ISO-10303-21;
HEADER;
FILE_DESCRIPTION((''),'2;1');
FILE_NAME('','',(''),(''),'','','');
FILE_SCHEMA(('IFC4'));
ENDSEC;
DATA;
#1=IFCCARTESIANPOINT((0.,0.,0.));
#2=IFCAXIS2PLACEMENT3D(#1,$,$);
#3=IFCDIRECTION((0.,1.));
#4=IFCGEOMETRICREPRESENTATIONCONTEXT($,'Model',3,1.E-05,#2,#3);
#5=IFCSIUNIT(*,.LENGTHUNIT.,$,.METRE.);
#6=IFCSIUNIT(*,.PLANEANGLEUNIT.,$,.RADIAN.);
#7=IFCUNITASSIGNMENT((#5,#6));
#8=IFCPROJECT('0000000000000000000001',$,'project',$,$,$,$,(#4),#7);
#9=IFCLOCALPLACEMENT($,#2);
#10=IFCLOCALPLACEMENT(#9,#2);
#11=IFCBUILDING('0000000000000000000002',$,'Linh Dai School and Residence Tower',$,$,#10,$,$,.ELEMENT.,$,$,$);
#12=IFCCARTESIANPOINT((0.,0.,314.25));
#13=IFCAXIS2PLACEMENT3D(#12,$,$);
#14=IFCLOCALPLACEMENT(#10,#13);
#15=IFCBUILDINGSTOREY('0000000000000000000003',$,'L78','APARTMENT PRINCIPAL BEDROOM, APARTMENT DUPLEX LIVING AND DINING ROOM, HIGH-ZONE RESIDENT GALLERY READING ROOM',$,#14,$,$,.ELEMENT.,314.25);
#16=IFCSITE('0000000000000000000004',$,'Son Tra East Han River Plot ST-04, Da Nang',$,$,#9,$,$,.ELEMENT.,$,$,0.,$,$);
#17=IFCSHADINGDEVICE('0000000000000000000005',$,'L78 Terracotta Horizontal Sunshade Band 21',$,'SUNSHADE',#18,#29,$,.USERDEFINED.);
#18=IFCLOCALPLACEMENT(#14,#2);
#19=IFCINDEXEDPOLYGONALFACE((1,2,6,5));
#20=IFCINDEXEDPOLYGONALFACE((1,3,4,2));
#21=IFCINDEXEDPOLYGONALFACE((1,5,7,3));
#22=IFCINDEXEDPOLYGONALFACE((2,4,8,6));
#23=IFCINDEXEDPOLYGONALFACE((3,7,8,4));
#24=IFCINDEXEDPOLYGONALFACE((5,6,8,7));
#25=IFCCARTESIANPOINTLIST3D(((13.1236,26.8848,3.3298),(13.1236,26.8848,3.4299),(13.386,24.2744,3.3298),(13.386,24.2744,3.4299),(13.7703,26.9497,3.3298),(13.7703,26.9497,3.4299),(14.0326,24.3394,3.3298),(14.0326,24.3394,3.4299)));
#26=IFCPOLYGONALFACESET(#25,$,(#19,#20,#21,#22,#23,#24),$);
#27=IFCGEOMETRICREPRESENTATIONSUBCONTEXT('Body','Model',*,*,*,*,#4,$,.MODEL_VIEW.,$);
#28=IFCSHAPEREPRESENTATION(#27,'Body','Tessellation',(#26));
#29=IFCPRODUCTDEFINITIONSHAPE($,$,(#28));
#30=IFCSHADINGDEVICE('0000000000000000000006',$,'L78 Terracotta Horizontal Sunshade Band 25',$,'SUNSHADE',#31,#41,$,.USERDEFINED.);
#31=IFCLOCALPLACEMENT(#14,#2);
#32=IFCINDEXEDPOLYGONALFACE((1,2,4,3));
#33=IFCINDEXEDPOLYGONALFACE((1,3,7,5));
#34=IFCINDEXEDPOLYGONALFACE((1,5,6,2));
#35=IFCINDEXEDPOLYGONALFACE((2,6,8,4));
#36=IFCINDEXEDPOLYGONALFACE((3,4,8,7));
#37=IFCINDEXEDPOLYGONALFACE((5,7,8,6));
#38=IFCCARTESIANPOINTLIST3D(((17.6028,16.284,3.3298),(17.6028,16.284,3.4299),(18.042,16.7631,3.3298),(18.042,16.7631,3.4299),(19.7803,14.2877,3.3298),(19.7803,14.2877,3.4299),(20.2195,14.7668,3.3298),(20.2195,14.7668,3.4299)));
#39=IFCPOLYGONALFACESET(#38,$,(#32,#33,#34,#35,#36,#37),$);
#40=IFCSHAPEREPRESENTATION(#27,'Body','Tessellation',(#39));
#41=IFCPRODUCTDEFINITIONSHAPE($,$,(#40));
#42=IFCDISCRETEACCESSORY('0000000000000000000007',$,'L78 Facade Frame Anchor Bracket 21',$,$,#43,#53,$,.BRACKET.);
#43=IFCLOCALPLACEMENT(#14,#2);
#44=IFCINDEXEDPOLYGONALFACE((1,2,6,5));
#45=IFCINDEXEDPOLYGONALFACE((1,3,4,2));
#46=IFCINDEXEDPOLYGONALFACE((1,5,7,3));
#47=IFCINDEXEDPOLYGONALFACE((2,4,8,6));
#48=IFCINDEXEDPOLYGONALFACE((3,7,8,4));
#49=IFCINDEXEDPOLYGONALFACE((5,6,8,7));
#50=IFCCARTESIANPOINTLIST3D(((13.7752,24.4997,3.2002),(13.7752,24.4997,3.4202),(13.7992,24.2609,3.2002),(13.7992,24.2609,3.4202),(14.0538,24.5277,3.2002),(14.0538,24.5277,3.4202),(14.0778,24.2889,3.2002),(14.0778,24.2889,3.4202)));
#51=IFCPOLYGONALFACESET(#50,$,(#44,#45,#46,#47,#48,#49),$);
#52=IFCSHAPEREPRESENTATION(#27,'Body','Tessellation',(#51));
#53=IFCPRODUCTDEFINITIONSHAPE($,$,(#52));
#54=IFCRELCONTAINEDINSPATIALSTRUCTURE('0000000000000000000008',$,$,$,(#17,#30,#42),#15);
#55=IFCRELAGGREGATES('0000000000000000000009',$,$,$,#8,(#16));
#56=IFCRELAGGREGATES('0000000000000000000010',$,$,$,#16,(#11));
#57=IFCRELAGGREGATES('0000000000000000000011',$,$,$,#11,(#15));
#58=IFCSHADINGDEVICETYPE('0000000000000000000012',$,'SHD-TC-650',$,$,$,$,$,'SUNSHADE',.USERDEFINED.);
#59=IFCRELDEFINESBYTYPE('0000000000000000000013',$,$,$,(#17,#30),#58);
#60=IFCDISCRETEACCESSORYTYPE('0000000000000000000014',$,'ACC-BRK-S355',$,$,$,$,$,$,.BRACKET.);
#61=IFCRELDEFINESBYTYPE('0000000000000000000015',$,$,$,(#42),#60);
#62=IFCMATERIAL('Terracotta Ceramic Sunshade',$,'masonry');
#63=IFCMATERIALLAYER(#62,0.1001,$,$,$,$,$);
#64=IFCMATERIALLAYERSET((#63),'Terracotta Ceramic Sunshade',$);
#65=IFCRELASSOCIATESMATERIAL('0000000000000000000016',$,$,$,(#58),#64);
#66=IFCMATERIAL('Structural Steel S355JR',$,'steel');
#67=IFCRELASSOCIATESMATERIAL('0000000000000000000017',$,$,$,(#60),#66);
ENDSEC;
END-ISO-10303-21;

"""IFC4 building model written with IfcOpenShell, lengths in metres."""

from ifc_helpers import new_model, si_unit, direction, frame, origin, origin_2d, place, context, subcontext, project, spatial, rectangle, extrude, source, transform, mapped, material, layer, layer_set, type_object, element, save


model = new_model("IFC4")

# Units and contexts
model_context = context("Model", 3, precision=1e-05, world=origin(), true_north=direction((0.0, 1.0)))
body_context = subcontext(model_context, "Body", "Model", "MODEL_VIEW")
ifc_project = project(units=[si_unit("LENGTHUNIT", "METRE"), si_unit("PLANEANGLEUNIT", "RADIAN")], contexts=[model_context])

# Site, building, storey
site_placement = place(None, origin())
site = spatial("IfcSite", under=ifc_project, at=site_placement, Name="Son Tra East Han River Plot ST-04, Da Nang", CompositionType="ELEMENT", RefElevation=0.0)
building_placement = place(site_placement, origin())
building = spatial("IfcBuilding", under=site, at=building_placement, Name="Linh Dai School and Residence Tower", CompositionType="ELEMENT")
storey_placement = place(building_placement, frame((0.0, 0.0, 314.25)))
storey = spatial("IfcBuildingStorey", under=building, at=storey_placement, Name="L78", Description="APARTMENT PRINCIPAL BEDROOM, APARTMENT DUPLEX LIVING AND DINING ROOM, HIGH-ZONE RESIDENT GALLERY READING ROOM", CompositionType="ELEMENT", Elevation=314.25)

# Shared definitions
ifc_material_1 = material(Name="Structural Steel S355JR", Category="steel")

# Shading devices
ifc_material_2 = material(Name="Terracotta Ceramic Sunshade", Category="masonry")
ifc_layer_1 = layer(ifc_material_2, 0.1001)
ifc_layer_set_1 = layer_set([ifc_layer_1], Name="Terracotta Ceramic Sunshade")
shading_device_type = type_object("IfcShadingDeviceType", Name="SHD-TC-650", ElementType="SUNSHADE", PredefinedType="USERDEFINED", material=ifc_layer_set_1)
shared_shape_1 = source(origin(), body_context, "Body", "SweptSolid", [
    extrude(rectangle(XDim=2.6235, YDim=0.6499, at=origin_2d()), origin(), (0.0, 0.0, 1.0), 0.1001),
])
shading_device_1_placement = place(storey_placement, frame((13.5781, 25.6121, 3.3298), z_axis=(0.0, 0.0, 1.0), x_axis=(-0.100008, 0.994987, 0.0)))
element("IfcShadingDevice", 1, at=shading_device_1_placement, inside=storey, type_object=shading_device_type, Name="L78 Terracotta Horizontal Sunshade Band 21", ObjectType="SUNSHADE", PredefinedType="USERDEFINED", context=body_context, shape_type="MappedRepresentation", body=[
    mapped(shared_shape_1, transform((0.0, 0.0, 0.0), x_axis=(1.0, 0.0, 0.0), y_axis=(0.0, 1.0, 0.0), z_axis=(0.0, 0.0, 1.0), scale=1.0)),
])
shared_shape_2 = source(origin(), body_context, "Body", "SweptSolid", [
    extrude(rectangle(XDim=2.9541, YDim=0.6499, at=origin_2d()), origin(), (0.0, 0.0, 1.0), 0.1001),
])
shading_device_2_placement = place(storey_placement, frame((18.9111, 15.5254, 3.3298), z_axis=(0.0, 0.0, 1.0), x_axis=(-0.737104, 0.675779, 0.0)))
element("IfcShadingDevice", 2, at=shading_device_2_placement, inside=storey, type_object=shading_device_type, Name="L78 Terracotta Horizontal Sunshade Band 25", ObjectType="SUNSHADE", PredefinedType="USERDEFINED", context=body_context, shape_type="MappedRepresentation", body=[
    mapped(shared_shape_2, transform((0.0, 0.0, 0.0), x_axis=(1.0, 0.0, 0.0), y_axis=(0.0, 1.0, 0.0), z_axis=(0.0, 0.0, 1.0), scale=1.0)),
])

# Discrete accessory
discrete_accessory_type = type_object("IfcDiscreteAccessoryType", Name="ACC-BRK-S355", PredefinedType="BRACKET", material=ifc_material_1)
shared_shape_3 = source(origin(), body_context, "Body", "SweptSolid", [
    extrude(rectangle(XDim=0.28, YDim=0.24, at=origin_2d()), origin(), (0.0, 0.0, 1.0), 0.22),
])
discrete_accessory_placement = place(storey_placement, frame((13.9265, 24.3943, 3.2002), z_axis=(0.0, 0.0, 1.0), x_axis=(-0.994987, -0.100008, 0.0)))
element("IfcDiscreteAccessory", 3, at=discrete_accessory_placement, inside=storey, type_object=discrete_accessory_type, Name="L78 Facade Frame Anchor Bracket 21", PredefinedType="BRACKET", context=body_context, shape_type="MappedRepresentation", body=[
    mapped(shared_shape_3, transform((0.0, 0.0, 0.0), x_axis=(1.0, 0.0, 0.0), y_axis=(0.0, 1.0, 0.0), z_axis=(0.0, 0.0, 1.0), scale=1.0)),
])

save(model, "model.ifc")
